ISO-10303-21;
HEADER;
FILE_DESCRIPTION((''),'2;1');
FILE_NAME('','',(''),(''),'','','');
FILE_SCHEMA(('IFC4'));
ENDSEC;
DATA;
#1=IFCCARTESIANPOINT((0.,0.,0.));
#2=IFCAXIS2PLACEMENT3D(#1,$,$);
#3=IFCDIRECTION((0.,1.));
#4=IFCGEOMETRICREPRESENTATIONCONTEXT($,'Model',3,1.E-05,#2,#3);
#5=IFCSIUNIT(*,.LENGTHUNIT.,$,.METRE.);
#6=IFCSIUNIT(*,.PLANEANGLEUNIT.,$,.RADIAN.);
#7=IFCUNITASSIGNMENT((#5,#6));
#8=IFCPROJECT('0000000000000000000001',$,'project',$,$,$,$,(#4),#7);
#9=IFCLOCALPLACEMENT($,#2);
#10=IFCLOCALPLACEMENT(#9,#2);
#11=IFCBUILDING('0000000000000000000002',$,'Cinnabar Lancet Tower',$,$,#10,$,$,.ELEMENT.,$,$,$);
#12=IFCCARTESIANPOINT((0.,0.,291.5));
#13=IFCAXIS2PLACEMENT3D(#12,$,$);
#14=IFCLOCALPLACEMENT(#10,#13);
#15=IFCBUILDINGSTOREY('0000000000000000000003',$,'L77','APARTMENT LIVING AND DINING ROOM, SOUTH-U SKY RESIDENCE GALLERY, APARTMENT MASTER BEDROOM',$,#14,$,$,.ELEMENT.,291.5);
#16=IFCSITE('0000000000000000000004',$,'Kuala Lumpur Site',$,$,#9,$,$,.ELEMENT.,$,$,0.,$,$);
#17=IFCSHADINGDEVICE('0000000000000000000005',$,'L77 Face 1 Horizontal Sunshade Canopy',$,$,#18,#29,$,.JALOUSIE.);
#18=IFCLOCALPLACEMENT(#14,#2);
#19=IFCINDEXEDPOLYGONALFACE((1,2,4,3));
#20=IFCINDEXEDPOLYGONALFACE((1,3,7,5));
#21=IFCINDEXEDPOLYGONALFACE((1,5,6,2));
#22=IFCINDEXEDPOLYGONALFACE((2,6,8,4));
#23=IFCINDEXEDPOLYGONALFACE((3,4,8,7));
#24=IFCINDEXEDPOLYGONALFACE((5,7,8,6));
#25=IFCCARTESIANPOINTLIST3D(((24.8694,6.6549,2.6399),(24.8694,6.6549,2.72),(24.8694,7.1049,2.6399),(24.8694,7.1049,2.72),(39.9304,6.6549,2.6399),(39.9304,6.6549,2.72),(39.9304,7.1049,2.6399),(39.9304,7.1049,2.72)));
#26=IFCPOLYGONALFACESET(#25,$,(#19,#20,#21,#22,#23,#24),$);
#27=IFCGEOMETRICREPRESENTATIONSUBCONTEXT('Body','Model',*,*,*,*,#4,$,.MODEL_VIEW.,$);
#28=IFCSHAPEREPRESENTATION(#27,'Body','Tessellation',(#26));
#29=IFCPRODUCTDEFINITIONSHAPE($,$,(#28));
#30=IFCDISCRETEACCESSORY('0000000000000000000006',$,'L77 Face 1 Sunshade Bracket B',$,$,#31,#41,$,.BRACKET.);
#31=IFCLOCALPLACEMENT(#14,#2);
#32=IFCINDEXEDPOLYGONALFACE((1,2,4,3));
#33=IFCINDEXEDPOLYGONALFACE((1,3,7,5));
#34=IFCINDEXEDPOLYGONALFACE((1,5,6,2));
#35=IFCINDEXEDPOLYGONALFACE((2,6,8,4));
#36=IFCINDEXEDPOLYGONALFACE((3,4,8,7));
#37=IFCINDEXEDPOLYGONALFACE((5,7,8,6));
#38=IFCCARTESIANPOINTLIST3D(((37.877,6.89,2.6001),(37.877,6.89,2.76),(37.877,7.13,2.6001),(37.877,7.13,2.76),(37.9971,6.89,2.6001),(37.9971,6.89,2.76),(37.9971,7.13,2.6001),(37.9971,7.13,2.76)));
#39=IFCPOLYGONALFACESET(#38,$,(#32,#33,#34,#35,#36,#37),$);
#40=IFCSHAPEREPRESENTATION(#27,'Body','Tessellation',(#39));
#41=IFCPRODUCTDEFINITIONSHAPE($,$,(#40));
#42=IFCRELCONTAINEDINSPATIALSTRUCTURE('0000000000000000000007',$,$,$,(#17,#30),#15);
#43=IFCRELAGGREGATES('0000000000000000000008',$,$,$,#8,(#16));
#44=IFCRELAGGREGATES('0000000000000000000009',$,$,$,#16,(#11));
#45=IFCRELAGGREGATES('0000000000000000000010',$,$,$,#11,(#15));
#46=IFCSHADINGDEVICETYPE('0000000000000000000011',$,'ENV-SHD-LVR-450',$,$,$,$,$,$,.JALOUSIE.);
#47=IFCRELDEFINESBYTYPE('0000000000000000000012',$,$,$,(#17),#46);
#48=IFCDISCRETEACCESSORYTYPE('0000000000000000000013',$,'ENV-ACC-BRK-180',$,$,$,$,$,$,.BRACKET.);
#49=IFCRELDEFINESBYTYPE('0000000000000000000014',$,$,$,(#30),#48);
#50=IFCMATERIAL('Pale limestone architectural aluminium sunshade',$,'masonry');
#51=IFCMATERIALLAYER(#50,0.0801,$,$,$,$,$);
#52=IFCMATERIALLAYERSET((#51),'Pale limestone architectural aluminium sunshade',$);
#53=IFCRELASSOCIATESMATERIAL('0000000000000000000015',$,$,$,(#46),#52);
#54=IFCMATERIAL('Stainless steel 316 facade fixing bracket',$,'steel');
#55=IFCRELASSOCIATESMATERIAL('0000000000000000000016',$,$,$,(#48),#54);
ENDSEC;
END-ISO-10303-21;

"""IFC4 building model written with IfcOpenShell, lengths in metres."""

from ifc_helpers import new_model, si_unit, direction, frame, origin, origin_2d, place, context, subcontext, project, spatial, rectangle, extrude, material, layer, layer_set, type_object, element, save


model = new_model("IFC4")

# Units and contexts
model_context = context("Model", 3, precision=1e-05, world=origin(), true_north=direction((0.0, 1.0)))
body_context = subcontext(model_context, "Body", "Model", "MODEL_VIEW")
ifc_project = project(units=[si_unit("LENGTHUNIT", "METRE"), si_unit("PLANEANGLEUNIT", "RADIAN")], contexts=[model_context])

# Site, building, storey
site_placement = place(None, origin())
site = spatial("IfcSite", under=ifc_project, at=site_placement, Name="Kuala Lumpur Site", CompositionType="ELEMENT", RefElevation=0.0)
building_placement = place(site_placement, origin())
building = spatial("IfcBuilding", under=site, at=building_placement, Name="Cinnabar Lancet Tower", CompositionType="ELEMENT")
storey_placement = place(building_placement, frame((0.0, 0.0, 291.5)))
storey = spatial("IfcBuildingStorey", under=building, at=storey_placement, Name="L77", Description="APARTMENT LIVING AND DINING ROOM, SOUTH-U SKY RESIDENCE GALLERY, APARTMENT MASTER BEDROOM", CompositionType="ELEMENT", Elevation=291.5)

# Shading device
ifc_material_1 = material(Name="Pale limestone architectural aluminium sunshade", Category="masonry")
ifc_layer_1 = layer(ifc_material_1, 0.0801)
ifc_layer_set_1 = layer_set([ifc_layer_1], Name="Pale limestone architectural aluminium sunshade")
shading_device_type = type_object("IfcShadingDeviceType", Name="ENV-SHD-LVR-450", PredefinedType="JALOUSIE", material=ifc_layer_set_1)
shading_device_placement = place(storey_placement, frame((32.3999, 6.8799, 2.6399), z_axis=(0.0, 0.0, 1.0), x_axis=(1.0, 0.0, 0.0)))
element("IfcShadingDevice", 1, at=shading_device_placement, inside=storey, type_object=shading_device_type, Name="L77 Face 1 Horizontal Sunshade Canopy", PredefinedType="JALOUSIE", context=body_context, shape_type="SweptSolid", body=[
    extrude(rectangle(XDim=15.061, YDim=0.45, at=origin_2d()), origin(), (0.0, 0.0, 1.0), 0.0801),
])

# Discrete accessory
ifc_material_2 = material(Name="Stainless steel 316 facade fixing bracket", Category="steel")
discrete_accessory_type = type_object("IfcDiscreteAccessoryType", Name="ENV-ACC-BRK-180", PredefinedType="BRACKET", material=ifc_material_2)
discrete_accessory_placement = place(storey_placement, frame((37.937, 7.01, 2.6001), z_axis=(0.0, 0.0, 1.0), x_axis=(1.0, 0.0, 0.0)))
element("IfcDiscreteAccessory", 2, at=discrete_accessory_placement, inside=storey, type_object=discrete_accessory_type, Name="L77 Face 1 Sunshade Bracket B", PredefinedType="BRACKET", context=body_context, shape_type="SweptSolid", body=[
    extrude(rectangle(XDim=0.1201, YDim=0.24, at=origin_2d()), origin(), (0.0, 0.0, 1.0), 0.1599),
])

save(model, "model.ifc")
